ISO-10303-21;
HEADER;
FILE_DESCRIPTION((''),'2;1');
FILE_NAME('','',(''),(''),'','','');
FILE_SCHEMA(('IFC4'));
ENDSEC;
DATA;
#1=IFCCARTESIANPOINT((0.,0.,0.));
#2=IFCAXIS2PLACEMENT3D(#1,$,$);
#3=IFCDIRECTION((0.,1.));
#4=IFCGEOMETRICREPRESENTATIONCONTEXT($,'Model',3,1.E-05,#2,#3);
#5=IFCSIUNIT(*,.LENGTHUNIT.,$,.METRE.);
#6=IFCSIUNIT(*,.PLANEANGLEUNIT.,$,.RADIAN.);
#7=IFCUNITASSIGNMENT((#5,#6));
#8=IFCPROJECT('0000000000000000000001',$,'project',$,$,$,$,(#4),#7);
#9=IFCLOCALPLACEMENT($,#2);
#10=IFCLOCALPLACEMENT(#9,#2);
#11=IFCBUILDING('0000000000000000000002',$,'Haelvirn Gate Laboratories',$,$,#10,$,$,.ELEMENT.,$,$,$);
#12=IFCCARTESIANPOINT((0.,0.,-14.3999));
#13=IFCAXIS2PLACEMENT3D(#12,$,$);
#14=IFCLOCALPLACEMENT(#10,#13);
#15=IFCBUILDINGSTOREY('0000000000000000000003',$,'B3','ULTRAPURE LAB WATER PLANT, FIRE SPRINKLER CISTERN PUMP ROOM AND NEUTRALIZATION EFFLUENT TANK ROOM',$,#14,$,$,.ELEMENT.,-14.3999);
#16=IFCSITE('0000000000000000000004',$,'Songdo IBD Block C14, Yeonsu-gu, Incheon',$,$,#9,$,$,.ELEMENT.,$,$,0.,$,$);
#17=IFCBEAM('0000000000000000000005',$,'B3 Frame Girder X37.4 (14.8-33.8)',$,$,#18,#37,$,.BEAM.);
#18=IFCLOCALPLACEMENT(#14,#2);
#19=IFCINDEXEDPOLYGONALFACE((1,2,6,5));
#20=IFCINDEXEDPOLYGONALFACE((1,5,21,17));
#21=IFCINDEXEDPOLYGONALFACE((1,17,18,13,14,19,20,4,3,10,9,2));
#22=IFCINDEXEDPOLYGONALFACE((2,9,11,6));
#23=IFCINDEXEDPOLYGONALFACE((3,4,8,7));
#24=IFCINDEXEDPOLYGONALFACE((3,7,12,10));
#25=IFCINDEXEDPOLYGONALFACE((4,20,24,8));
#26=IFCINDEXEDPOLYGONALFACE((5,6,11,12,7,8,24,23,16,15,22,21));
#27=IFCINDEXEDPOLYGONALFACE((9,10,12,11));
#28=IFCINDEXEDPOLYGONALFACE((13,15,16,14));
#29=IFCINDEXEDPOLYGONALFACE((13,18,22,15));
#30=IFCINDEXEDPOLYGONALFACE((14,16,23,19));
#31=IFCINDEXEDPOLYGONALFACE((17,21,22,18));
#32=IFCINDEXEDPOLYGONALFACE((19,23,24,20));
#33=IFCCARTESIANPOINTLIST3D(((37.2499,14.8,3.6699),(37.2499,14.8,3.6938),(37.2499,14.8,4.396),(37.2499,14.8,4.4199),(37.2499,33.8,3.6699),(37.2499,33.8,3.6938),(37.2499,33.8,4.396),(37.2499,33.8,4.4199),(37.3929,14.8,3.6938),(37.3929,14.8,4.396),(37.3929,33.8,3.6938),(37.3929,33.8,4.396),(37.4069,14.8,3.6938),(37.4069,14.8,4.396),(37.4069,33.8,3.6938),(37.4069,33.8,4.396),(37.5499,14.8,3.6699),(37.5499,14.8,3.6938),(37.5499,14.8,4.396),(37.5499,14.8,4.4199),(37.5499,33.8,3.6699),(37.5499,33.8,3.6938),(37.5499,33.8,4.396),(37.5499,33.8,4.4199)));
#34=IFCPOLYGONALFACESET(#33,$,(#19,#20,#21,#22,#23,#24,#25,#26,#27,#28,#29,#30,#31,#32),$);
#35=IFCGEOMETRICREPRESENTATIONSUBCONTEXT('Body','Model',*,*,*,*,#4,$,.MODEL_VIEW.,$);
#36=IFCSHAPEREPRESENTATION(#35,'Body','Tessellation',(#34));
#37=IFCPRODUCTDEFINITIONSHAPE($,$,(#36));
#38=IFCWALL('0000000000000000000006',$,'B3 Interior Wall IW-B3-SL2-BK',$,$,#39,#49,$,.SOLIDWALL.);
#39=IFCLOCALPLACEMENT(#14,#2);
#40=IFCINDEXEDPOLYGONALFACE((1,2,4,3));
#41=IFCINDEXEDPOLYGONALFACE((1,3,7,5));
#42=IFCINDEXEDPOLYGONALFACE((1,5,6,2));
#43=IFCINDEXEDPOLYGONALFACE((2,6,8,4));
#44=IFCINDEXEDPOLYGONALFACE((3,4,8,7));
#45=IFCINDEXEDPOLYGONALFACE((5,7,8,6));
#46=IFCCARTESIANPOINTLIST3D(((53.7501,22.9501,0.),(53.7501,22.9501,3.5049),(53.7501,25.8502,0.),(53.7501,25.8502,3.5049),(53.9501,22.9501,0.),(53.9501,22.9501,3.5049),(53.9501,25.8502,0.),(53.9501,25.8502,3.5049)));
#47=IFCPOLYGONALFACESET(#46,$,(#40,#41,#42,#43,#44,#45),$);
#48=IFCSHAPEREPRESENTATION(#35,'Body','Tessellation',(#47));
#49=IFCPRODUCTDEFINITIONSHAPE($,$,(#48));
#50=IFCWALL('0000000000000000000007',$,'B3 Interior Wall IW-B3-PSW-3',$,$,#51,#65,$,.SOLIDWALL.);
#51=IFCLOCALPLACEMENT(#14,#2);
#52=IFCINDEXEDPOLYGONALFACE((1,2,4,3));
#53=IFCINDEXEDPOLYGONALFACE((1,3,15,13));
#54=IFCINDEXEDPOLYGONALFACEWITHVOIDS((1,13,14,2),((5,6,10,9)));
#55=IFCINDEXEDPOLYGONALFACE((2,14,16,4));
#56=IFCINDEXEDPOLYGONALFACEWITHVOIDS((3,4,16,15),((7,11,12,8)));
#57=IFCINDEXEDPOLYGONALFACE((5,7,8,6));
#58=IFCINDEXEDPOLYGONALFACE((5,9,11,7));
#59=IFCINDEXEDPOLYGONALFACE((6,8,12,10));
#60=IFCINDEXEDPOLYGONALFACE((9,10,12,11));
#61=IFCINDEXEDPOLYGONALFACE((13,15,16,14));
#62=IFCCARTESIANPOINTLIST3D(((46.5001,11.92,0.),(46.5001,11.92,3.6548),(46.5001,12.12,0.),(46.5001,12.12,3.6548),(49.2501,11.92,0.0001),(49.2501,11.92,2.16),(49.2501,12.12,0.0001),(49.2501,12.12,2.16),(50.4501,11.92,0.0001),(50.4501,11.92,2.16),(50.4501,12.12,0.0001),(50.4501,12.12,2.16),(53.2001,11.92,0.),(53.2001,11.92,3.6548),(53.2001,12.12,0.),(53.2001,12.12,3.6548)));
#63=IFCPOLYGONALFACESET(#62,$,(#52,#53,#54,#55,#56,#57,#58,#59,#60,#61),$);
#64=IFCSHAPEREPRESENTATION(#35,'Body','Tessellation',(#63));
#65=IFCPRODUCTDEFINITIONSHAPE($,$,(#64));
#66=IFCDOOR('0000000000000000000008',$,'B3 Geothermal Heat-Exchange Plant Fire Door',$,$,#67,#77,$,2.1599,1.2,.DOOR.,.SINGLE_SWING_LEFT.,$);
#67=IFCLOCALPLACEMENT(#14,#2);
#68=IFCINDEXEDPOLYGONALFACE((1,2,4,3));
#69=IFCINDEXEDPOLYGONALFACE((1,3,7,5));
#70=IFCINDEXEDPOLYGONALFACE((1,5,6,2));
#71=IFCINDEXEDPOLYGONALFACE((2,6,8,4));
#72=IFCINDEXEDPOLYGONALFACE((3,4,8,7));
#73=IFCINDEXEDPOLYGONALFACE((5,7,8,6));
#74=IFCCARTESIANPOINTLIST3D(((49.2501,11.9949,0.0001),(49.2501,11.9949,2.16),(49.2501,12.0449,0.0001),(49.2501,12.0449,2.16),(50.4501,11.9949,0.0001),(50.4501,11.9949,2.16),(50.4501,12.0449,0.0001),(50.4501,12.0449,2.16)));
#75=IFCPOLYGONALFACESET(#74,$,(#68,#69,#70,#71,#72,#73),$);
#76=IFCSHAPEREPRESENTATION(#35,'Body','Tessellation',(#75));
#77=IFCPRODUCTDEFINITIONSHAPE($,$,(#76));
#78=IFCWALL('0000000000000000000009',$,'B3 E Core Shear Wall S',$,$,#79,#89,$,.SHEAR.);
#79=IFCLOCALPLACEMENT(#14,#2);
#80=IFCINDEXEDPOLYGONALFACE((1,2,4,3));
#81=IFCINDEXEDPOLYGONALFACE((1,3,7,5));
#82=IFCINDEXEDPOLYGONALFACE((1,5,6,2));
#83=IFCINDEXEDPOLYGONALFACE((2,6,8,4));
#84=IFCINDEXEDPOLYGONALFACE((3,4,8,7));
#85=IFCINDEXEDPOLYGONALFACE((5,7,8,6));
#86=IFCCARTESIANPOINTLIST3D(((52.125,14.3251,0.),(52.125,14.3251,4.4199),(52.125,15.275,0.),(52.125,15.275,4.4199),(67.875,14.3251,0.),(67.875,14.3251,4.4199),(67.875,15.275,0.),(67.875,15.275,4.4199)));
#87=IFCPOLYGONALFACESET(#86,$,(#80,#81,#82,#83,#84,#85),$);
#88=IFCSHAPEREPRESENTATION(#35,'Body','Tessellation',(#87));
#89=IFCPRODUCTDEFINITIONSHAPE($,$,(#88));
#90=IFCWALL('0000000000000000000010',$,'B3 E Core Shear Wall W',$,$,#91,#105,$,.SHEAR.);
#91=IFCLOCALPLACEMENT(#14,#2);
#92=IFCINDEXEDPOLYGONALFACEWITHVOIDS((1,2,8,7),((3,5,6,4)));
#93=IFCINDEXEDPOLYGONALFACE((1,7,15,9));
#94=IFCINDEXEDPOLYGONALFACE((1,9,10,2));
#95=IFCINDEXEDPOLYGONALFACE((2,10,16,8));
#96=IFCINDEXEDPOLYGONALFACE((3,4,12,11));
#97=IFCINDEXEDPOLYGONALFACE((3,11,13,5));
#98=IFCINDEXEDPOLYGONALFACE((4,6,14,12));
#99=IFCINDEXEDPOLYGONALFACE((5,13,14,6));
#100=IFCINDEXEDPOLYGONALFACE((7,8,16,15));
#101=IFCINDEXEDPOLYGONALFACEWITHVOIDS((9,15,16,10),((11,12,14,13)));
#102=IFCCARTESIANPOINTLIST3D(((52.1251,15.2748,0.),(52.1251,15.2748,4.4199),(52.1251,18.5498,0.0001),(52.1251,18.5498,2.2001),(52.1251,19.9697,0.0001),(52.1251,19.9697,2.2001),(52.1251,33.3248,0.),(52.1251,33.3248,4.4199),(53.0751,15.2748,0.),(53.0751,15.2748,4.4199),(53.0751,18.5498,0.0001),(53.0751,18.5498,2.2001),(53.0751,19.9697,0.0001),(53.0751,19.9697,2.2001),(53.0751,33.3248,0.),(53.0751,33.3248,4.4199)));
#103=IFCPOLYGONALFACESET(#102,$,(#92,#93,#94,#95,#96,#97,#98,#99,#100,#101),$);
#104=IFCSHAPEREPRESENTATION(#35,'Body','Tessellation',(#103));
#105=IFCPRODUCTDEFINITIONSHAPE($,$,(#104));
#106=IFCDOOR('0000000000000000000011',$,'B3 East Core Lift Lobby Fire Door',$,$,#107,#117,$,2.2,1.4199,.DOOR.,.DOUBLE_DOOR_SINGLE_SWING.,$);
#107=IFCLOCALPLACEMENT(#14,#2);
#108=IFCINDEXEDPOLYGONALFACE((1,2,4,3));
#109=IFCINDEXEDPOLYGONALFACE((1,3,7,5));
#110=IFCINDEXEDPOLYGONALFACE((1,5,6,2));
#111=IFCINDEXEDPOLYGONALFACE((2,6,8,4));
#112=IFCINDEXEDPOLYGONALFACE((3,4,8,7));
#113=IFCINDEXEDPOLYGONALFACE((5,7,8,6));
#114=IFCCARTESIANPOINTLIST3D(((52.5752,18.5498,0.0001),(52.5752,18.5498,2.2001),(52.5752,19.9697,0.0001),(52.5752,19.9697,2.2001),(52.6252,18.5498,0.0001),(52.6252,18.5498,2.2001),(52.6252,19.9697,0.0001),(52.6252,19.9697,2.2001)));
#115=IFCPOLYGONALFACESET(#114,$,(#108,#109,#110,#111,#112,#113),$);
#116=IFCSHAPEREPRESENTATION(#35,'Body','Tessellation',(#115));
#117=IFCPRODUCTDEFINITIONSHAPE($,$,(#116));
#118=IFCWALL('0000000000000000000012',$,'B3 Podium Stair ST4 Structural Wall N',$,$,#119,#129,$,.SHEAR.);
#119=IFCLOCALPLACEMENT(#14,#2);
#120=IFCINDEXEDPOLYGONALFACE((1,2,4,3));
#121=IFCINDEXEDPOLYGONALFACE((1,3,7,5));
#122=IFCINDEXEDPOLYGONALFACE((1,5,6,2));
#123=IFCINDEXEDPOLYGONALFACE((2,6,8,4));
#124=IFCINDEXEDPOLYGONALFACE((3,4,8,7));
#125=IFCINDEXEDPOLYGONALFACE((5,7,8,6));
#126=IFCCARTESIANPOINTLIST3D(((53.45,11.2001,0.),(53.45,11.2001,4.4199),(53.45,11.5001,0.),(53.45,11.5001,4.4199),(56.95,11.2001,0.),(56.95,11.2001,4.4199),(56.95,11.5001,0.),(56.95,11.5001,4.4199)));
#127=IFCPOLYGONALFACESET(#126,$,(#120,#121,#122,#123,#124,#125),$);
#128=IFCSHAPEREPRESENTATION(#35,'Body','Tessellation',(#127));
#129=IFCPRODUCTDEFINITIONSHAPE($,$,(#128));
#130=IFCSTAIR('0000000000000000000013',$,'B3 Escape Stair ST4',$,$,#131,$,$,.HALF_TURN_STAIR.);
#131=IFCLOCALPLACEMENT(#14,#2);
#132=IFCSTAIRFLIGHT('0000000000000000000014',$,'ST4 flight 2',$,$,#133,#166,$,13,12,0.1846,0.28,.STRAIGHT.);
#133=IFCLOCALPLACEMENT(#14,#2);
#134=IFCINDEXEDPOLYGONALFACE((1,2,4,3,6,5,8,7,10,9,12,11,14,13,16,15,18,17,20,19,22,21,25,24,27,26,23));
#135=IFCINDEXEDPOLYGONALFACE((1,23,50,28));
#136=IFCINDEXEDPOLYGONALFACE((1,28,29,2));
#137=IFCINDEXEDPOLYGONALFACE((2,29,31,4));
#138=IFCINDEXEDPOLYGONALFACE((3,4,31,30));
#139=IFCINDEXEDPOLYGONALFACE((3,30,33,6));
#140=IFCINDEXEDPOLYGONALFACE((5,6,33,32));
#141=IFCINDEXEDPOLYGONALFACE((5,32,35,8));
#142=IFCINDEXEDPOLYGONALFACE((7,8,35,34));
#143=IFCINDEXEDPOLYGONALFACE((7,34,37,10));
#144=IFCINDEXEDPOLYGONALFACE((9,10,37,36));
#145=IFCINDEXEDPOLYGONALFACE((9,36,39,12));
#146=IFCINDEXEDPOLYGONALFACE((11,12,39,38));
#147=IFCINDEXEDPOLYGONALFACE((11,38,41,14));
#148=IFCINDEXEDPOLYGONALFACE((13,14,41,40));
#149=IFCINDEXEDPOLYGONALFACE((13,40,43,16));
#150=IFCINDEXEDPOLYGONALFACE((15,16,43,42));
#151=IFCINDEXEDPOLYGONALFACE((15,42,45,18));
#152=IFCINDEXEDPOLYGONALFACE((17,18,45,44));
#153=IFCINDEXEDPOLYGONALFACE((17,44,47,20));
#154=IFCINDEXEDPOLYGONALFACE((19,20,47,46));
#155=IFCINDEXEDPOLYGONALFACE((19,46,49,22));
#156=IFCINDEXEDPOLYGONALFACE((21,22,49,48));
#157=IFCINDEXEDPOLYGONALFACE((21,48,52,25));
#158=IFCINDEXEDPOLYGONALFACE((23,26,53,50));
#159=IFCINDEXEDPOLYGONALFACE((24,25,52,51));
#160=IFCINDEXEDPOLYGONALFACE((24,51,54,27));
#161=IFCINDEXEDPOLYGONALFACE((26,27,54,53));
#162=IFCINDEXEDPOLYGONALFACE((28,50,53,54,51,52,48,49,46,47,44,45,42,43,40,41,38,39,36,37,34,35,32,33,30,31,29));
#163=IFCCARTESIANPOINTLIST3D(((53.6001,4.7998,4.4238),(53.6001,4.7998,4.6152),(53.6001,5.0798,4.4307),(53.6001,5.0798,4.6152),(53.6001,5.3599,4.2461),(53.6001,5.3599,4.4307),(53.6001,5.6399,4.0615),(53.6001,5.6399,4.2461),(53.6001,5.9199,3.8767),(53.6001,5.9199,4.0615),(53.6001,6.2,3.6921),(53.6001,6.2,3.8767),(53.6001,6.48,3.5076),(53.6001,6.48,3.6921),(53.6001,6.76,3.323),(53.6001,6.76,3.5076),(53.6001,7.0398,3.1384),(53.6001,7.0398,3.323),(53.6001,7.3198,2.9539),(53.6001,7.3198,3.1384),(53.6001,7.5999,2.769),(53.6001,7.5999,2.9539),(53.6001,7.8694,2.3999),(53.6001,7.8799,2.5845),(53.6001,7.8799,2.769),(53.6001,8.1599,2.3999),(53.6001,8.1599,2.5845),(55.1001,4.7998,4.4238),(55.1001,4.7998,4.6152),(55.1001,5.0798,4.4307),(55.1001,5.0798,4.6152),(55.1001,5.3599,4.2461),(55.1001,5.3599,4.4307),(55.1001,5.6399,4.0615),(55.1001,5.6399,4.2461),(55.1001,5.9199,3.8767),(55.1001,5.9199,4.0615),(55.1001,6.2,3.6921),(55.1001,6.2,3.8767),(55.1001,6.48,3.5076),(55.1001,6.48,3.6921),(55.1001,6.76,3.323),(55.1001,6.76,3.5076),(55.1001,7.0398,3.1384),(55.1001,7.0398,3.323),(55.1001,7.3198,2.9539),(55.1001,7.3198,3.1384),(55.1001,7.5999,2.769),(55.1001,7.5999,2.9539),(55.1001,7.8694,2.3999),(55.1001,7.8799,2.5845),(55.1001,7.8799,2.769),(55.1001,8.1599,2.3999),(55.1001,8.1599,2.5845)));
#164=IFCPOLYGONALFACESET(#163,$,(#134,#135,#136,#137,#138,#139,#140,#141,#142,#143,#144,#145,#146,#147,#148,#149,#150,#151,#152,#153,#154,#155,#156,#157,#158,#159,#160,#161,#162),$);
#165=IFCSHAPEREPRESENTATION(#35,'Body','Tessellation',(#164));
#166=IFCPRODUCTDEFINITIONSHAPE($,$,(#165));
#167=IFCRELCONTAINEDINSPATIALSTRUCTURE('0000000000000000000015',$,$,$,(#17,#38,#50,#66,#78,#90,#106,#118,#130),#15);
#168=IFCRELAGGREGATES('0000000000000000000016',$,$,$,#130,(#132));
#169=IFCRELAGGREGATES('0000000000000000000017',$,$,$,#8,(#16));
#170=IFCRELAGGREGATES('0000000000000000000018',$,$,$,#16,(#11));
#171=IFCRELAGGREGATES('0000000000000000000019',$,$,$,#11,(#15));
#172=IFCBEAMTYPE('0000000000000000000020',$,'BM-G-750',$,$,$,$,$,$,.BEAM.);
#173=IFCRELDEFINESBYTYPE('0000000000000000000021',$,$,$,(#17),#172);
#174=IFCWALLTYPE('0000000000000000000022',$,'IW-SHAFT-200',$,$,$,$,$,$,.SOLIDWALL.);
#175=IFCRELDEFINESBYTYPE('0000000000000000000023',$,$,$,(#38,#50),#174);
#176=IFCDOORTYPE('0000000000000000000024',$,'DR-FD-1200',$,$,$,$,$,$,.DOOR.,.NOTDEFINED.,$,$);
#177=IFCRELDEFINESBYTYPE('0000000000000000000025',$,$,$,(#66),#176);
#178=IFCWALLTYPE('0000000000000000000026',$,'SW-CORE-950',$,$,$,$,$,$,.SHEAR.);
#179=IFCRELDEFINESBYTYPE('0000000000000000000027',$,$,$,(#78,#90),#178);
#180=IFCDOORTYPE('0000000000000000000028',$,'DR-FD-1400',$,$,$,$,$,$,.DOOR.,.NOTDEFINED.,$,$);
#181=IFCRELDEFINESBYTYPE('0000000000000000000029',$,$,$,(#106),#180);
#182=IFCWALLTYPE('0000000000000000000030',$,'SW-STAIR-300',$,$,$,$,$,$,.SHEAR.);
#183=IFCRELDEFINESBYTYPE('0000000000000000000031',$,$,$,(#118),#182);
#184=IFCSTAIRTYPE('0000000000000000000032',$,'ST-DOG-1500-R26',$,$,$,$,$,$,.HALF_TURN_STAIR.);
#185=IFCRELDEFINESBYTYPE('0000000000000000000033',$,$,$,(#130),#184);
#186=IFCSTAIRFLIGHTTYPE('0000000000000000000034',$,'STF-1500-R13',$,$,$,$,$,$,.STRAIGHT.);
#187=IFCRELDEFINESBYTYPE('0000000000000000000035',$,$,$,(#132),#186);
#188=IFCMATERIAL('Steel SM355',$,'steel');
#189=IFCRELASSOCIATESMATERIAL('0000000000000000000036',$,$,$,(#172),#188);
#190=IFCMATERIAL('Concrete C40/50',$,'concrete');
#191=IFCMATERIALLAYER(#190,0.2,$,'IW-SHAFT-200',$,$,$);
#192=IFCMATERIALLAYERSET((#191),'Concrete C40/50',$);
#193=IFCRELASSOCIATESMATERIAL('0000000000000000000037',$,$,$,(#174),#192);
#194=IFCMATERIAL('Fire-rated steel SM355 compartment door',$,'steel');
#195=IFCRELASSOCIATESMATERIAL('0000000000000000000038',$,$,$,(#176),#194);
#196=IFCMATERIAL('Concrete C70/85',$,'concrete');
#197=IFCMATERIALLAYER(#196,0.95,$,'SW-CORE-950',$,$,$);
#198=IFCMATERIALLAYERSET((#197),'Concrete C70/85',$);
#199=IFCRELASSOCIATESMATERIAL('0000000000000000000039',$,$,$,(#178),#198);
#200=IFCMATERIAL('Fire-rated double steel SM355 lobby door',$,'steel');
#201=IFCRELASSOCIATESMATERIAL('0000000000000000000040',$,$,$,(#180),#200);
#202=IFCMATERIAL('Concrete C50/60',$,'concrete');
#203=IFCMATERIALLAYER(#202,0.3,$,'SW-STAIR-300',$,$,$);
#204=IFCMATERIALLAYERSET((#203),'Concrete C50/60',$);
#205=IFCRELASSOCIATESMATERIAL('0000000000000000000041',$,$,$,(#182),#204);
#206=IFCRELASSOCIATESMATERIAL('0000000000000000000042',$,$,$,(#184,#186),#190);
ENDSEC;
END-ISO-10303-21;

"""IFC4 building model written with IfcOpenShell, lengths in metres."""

from ifc_helpers import new_model, si_unit, direction, frame, frame_2d, origin, origin_2d, place, context, subcontext, project, spatial, polyline, rectangle, i_section, outline, extrude, source, transform, mapped, material, layer, layer_set, material_profile, profile_set, type_object, type_shapes, element, fill, aggregate, save


model = new_model("IFC4")

# Units and contexts
model_context = context("Model", 3, precision=1e-05, world=origin(), true_north=direction((0.0, 1.0)))
body_context = subcontext(model_context, "Body", "Model", "MODEL_VIEW")
ifc_project = project(units=[si_unit("LENGTHUNIT", "METRE"), si_unit("PLANEANGLEUNIT", "RADIAN")], contexts=[model_context])

# Site, building, storey
site_placement = place(None, origin())
site = spatial("IfcSite", under=ifc_project, at=site_placement, Name="Songdo IBD Block C14, Yeonsu-gu, Incheon", CompositionType="ELEMENT", RefElevation=0.0)
building_placement = place(site_placement, origin())
building = spatial("IfcBuilding", under=site, at=building_placement, Name="Haelvirn Gate Laboratories", CompositionType="ELEMENT")
storey_placement = place(building_placement, frame((0.0, 0.0, -14.3999)))
storey = spatial("IfcBuildingStorey", under=building, at=storey_placement, Name="B3", Description="ULTRAPURE LAB WATER PLANT, FIRE SPRINKLER CISTERN PUMP ROOM AND NEUTRALIZATION EFFLUENT TANK ROOM", CompositionType="ELEMENT", Elevation=-14.3999)

# Shared definitions
ifc_material_1 = material(Name="Concrete C50/60", Category="concrete")

# Shared definitions
ifc_material_2 = material(Name="Concrete C70/85", Category="concrete")

# Beam
ifc_material_3 = material(Name="Steel SM355", Category="steel")
ifc_material_profile_1 = material_profile(ifc_material_3, i_section(OverallWidth=0.3, OverallDepth=0.75, WebThickness=0.0139, FlangeThickness=0.0239, at=origin_2d()), Name="H-750x300x14x24")
ifc_profile_set_1 = profile_set([ifc_material_profile_1], Name="Steel SM355")
beam_type_1 = type_object("IfcBeamType", Name="BM-G-750", PredefinedType="BEAM", material=ifc_profile_set_1)
shared_shape_1 = source(origin(), body_context, "Body", "SweptSolid", [
    extrude(i_section(OverallWidth=0.3, OverallDepth=0.75, WebThickness=0.0139, FlangeThickness=0.0239, at=origin_2d()), origin(), (0.0, 0.0, 1.0), 19.0),
])
beam_1_placement = place(storey_placement, frame((37.3999, 14.8, 4.0449), z_axis=(0.0, 1.0, 0.0), x_axis=(-1.0, 0.0, 0.0)))
element("IfcBeam", 1, at=beam_1_placement, inside=storey, type_object=beam_type_1, Name="B3 Frame Girder X37.4 (14.8-33.8)", PredefinedType="BEAM", context=body_context, shape_type="MappedRepresentation", body=[
    mapped(shared_shape_1, transform((0.0, 0.0, 0.0), scale=1.0)),
])

# Wall
ifc_material_4 = material(Name="Concrete C40/50", Category="concrete")
ifc_layer_1 = layer(ifc_material_4, 0.2, Name="IW-SHAFT-200")
ifc_layer_set_1 = layer_set([ifc_layer_1], Name="Concrete C40/50")
wall_type_1 = type_object("IfcWallType", Name="IW-SHAFT-200", PredefinedType="SOLIDWALL", material=ifc_layer_set_1)
wall_1_placement = place(storey_placement, frame((53.8501, 22.95, 0.0), z_axis=(0.0, 0.0, 1.0), x_axis=(0.0, 1.0, 0.0)))
element("IfcWall", 2, at=wall_1_placement, inside=storey, type_object=wall_type_1, Name="B3 Interior Wall IW-B3-SL2-BK", PredefinedType="SOLIDWALL", context=body_context, shape_type="SweptSolid", body=[
    extrude(rectangle(XDim=2.9001, YDim=0.2, at=frame_2d((1.4502, 0.0))), origin(), (0.0, 0.0, 1.0), 3.5049),
])

# Wall, opening, door
wall_2_placement = place(storey_placement, frame((46.5, 12.02, 0.0), z_axis=(0.0, 0.0, 1.0), x_axis=(1.0, 0.0, 0.0)))
wall_2 = element("IfcWall", 3, at=wall_2_placement, inside=storey, type_object=wall_type_1, Name="B3 Interior Wall IW-B3-PSW-3", PredefinedType="SOLIDWALL", context=body_context, shape_type="SweptSolid", body=[
    extrude(rectangle(XDim=6.7, YDim=0.2, at=frame_2d((3.3501, 0.0))), origin(), (0.0, 0.0, 1.0), 3.6548),
])
opening_1_placement = place(wall_2_placement, frame((2.75, 0.0, 0.0)))
opening_1 = element("IfcOpeningElement", 4, at=opening_1_placement, cuts=wall_2, PredefinedType="OPENING", context=body_context, shape_type="SweptSolid", body=[
    extrude(rectangle(XDim=1.2, YDim=2.1599, at=frame_2d((0.6001, 1.0801))), frame((0.0, 0.1099, 0.0), z_axis=(0.0, -1.0, 0.0), x_axis=(1.0, 0.0, 0.0)), (0.0, 0.0, 1.0), 0.22),
])
ifc_material_5 = material(Name="Fire-rated steel SM355 compartment door", Category="steel")
door_type_1 = type_object("IfcDoorType", Name="DR-FD-1200", OperationType="NOTDEFINED", PredefinedType="DOOR", material=ifc_material_5)
shared_shape_2 = source(origin(), body_context, "Body", "SweptSolid", [
    extrude(rectangle(XDim=1.2, YDim=2.1599, at=frame_2d((0.6001, 1.0801))), frame((0.0, 0.0249, 0.0), z_axis=(0.0, -1.0, 0.0), x_axis=(1.0, 0.0, 0.0)), (0.0, 0.0, 1.0), 0.05),
])
type_shapes(door_type_1, [shared_shape_2])
door_1_placement = place(opening_1_placement, origin())
door_1 = element("IfcDoor", 5, at=door_1_placement, inside=storey, type_object=door_type_1, Name="B3 Geothermal Heat-Exchange Plant Fire Door", OperationType="SINGLE_SWING_LEFT", OverallHeight=2.1599, OverallWidth=1.2, PredefinedType="DOOR", context=body_context, shape_type="MappedRepresentation", body=[
    mapped(shared_shape_2, transform((0.0, 0.0, 0.0), scale=1.0)),
])
fill(opening_1, door_1)

# Wall
ifc_layer_2 = layer(ifc_material_2, 0.95, Name="SW-CORE-950")
ifc_layer_set_2 = layer_set([ifc_layer_2], Name="Concrete C70/85")
wall_type_2 = type_object("IfcWallType", Name="SW-CORE-950", PredefinedType="SHEAR", material=ifc_layer_set_2)
wall_3_placement = place(storey_placement, frame((52.125, 14.8, 0.0), z_axis=(0.0, 0.0, 1.0), x_axis=(1.0, 0.0, 0.0)))
element("IfcWall", 6, at=wall_3_placement, inside=storey, type_object=wall_type_2, Name="B3 E Core Shear Wall S", PredefinedType="SHEAR", context=body_context, shape_type="SweptSolid", body=[
    extrude(rectangle(XDim=15.75, YDim=0.95, at=frame_2d((7.875, 0.0))), origin(), (0.0, 0.0, 1.0), 4.4199),
])

# Wall, opening, door
wall_4_placement = place(storey_placement, frame((52.6001, 15.2749, 0.0), z_axis=(0.0, 0.0, 1.0), x_axis=(0.0, 1.0, 0.0)))
wall_4 = element("IfcWall", 7, at=wall_4_placement, inside=storey, type_object=wall_type_2, Name="B3 E Core Shear Wall W", PredefinedType="SHEAR", context=body_context, shape_type="SweptSolid", body=[
    extrude(rectangle(XDim=18.05, YDim=0.95, at=frame_2d((9.0249, 0.0))), origin(), (0.0, 0.0, 1.0), 4.4199),
])
opening_2_placement = place(wall_4_placement, frame((3.2749, 0.0, 0.0)))
opening_2 = element("IfcOpeningElement", 8, at=opening_2_placement, cuts=wall_4, PredefinedType="OPENING", context=body_context, shape_type="SweptSolid", body=[
    extrude(rectangle(XDim=1.4199, YDim=2.2, at=frame_2d((0.71, 1.1001))), frame((0.0, 0.4849, 0.0), z_axis=(0.0, -1.0, 0.0), x_axis=(1.0, 0.0, 0.0)), (0.0, 0.0, 1.0), 0.97),
])
ifc_material_6 = material(Name="Fire-rated double steel SM355 lobby door", Category="steel")
door_type_2 = type_object("IfcDoorType", Name="DR-FD-1400", OperationType="NOTDEFINED", PredefinedType="DOOR", material=ifc_material_6)
shared_shape_3 = source(origin(), body_context, "Body", "SweptSolid", [
    extrude(rectangle(XDim=1.4199, YDim=2.2, at=frame_2d((0.71, 1.1001))), frame((0.0, 0.0249, 0.0), z_axis=(0.0, -1.0, 0.0), x_axis=(1.0, 0.0, 0.0)), (0.0, 0.0, 1.0), 0.05),
])
type_shapes(door_type_2, [shared_shape_3])
door_2_placement = place(opening_2_placement, origin())
door_2 = element("IfcDoor", 9, at=door_2_placement, inside=storey, type_object=door_type_2, Name="B3 East Core Lift Lobby Fire Door", OperationType="DOUBLE_DOOR_SINGLE_SWING", OverallHeight=2.2, OverallWidth=1.4199, PredefinedType="DOOR", context=body_context, shape_type="MappedRepresentation", body=[
    mapped(shared_shape_3, transform((0.0, 0.0, 0.0), scale=1.0)),
])
fill(opening_2, door_2)

# Wall
ifc_layer_3 = layer(ifc_material_1, 0.3, Name="SW-STAIR-300")
ifc_layer_set_3 = layer_set([ifc_layer_3], Name="Concrete C50/60")
wall_type_3 = type_object("IfcWallType", Name="SW-STAIR-300", PredefinedType="SHEAR", material=ifc_layer_set_3)
wall_5_placement = place(storey_placement, frame((53.45, 11.3501, 0.0), z_axis=(0.0, 0.0, 1.0), x_axis=(1.0, 0.0, 0.0)))
element("IfcWall", 10, at=wall_5_placement, inside=storey, type_object=wall_type_3, Name="B3 Podium Stair ST4 Structural Wall N", PredefinedType="SHEAR", context=body_context, shape_type="SweptSolid", body=[
    extrude(rectangle(XDim=3.5, YDim=0.3, at=frame_2d((1.75, 0.0))), origin(), (0.0, 0.0, 1.0), 4.4199),
])

# Stair, stair flight
stair_type = type_object("IfcStairType", Name="ST-DOG-1500-R26", PredefinedType="HALF_TURN_STAIR", material=ifc_material_4)
stair_placement = place(storey_placement, origin())
stair = element("IfcStair", 11, at=stair_placement, inside=storey, type_object=stair_type, Name="B3 Escape Stair ST4", PredefinedType="HALF_TURN_STAIR")
stair_flight_type = type_object("IfcStairFlightType", Name="STF-1500-R13", PredefinedType="STRAIGHT", material=ifc_material_4)
shared_shape_4 = source(origin(), body_context, "Body", "SweptSolid", [
    extrude(outline(polyline([(0.0, 0.0), (0.0, 0.1846), (0.28, 0.1846), (0.28, 0.3691), (0.5601, 0.3691), (0.5601, 0.554), (0.8401, 0.554), (0.8401, 0.7385), (1.1201, 0.7385), (1.1201, 0.9231), (1.3999, 0.9231), (1.3999, 1.1077), (1.6799, 1.1077), (1.6799, 1.2922), (1.96, 1.2922), (1.96, 1.4768), (2.24, 1.4768), (2.24, 1.6616), (2.52, 1.6616), (2.52, 1.8462), (2.8, 1.8462), (2.8, 2.0308), (3.0801, 2.0308), (3.0801, 2.2153), (3.3601, 2.2153), (3.3601, 2.3999), (3.3601, 2.0239), (0.2905, 0.0), (0.0, 0.0)])), frame((0.0, 0.75, 0.0), z_axis=(0.0, -1.0, 0.0), x_axis=(1.0, 0.0, 0.0)), (0.0, 0.0, 1.0), 1.5),
])
type_shapes(stair_flight_type, [shared_shape_4])
stair_flight_placement = place(storey_placement, frame((54.3501, 8.1599, 2.3999), z_axis=(0.0, 0.0, 1.0), x_axis=(0.0, -1.0, 0.0)))
stair_flight = element("IfcStairFlight", 12, at=stair_flight_placement, type_object=stair_flight_type, Name="ST4 flight 2", NumberOfRisers=13, NumberOfTreads=12, PredefinedType="STRAIGHT", RiserHeight=0.1846, TreadLength=0.28, context=body_context, shape_type="MappedRepresentation", body=[
    mapped(shared_shape_4, transform((0.0, 0.0, 0.0), scale=1.0)),
])
aggregate(stair, [stair_flight])

save(model, "model.ifc")
